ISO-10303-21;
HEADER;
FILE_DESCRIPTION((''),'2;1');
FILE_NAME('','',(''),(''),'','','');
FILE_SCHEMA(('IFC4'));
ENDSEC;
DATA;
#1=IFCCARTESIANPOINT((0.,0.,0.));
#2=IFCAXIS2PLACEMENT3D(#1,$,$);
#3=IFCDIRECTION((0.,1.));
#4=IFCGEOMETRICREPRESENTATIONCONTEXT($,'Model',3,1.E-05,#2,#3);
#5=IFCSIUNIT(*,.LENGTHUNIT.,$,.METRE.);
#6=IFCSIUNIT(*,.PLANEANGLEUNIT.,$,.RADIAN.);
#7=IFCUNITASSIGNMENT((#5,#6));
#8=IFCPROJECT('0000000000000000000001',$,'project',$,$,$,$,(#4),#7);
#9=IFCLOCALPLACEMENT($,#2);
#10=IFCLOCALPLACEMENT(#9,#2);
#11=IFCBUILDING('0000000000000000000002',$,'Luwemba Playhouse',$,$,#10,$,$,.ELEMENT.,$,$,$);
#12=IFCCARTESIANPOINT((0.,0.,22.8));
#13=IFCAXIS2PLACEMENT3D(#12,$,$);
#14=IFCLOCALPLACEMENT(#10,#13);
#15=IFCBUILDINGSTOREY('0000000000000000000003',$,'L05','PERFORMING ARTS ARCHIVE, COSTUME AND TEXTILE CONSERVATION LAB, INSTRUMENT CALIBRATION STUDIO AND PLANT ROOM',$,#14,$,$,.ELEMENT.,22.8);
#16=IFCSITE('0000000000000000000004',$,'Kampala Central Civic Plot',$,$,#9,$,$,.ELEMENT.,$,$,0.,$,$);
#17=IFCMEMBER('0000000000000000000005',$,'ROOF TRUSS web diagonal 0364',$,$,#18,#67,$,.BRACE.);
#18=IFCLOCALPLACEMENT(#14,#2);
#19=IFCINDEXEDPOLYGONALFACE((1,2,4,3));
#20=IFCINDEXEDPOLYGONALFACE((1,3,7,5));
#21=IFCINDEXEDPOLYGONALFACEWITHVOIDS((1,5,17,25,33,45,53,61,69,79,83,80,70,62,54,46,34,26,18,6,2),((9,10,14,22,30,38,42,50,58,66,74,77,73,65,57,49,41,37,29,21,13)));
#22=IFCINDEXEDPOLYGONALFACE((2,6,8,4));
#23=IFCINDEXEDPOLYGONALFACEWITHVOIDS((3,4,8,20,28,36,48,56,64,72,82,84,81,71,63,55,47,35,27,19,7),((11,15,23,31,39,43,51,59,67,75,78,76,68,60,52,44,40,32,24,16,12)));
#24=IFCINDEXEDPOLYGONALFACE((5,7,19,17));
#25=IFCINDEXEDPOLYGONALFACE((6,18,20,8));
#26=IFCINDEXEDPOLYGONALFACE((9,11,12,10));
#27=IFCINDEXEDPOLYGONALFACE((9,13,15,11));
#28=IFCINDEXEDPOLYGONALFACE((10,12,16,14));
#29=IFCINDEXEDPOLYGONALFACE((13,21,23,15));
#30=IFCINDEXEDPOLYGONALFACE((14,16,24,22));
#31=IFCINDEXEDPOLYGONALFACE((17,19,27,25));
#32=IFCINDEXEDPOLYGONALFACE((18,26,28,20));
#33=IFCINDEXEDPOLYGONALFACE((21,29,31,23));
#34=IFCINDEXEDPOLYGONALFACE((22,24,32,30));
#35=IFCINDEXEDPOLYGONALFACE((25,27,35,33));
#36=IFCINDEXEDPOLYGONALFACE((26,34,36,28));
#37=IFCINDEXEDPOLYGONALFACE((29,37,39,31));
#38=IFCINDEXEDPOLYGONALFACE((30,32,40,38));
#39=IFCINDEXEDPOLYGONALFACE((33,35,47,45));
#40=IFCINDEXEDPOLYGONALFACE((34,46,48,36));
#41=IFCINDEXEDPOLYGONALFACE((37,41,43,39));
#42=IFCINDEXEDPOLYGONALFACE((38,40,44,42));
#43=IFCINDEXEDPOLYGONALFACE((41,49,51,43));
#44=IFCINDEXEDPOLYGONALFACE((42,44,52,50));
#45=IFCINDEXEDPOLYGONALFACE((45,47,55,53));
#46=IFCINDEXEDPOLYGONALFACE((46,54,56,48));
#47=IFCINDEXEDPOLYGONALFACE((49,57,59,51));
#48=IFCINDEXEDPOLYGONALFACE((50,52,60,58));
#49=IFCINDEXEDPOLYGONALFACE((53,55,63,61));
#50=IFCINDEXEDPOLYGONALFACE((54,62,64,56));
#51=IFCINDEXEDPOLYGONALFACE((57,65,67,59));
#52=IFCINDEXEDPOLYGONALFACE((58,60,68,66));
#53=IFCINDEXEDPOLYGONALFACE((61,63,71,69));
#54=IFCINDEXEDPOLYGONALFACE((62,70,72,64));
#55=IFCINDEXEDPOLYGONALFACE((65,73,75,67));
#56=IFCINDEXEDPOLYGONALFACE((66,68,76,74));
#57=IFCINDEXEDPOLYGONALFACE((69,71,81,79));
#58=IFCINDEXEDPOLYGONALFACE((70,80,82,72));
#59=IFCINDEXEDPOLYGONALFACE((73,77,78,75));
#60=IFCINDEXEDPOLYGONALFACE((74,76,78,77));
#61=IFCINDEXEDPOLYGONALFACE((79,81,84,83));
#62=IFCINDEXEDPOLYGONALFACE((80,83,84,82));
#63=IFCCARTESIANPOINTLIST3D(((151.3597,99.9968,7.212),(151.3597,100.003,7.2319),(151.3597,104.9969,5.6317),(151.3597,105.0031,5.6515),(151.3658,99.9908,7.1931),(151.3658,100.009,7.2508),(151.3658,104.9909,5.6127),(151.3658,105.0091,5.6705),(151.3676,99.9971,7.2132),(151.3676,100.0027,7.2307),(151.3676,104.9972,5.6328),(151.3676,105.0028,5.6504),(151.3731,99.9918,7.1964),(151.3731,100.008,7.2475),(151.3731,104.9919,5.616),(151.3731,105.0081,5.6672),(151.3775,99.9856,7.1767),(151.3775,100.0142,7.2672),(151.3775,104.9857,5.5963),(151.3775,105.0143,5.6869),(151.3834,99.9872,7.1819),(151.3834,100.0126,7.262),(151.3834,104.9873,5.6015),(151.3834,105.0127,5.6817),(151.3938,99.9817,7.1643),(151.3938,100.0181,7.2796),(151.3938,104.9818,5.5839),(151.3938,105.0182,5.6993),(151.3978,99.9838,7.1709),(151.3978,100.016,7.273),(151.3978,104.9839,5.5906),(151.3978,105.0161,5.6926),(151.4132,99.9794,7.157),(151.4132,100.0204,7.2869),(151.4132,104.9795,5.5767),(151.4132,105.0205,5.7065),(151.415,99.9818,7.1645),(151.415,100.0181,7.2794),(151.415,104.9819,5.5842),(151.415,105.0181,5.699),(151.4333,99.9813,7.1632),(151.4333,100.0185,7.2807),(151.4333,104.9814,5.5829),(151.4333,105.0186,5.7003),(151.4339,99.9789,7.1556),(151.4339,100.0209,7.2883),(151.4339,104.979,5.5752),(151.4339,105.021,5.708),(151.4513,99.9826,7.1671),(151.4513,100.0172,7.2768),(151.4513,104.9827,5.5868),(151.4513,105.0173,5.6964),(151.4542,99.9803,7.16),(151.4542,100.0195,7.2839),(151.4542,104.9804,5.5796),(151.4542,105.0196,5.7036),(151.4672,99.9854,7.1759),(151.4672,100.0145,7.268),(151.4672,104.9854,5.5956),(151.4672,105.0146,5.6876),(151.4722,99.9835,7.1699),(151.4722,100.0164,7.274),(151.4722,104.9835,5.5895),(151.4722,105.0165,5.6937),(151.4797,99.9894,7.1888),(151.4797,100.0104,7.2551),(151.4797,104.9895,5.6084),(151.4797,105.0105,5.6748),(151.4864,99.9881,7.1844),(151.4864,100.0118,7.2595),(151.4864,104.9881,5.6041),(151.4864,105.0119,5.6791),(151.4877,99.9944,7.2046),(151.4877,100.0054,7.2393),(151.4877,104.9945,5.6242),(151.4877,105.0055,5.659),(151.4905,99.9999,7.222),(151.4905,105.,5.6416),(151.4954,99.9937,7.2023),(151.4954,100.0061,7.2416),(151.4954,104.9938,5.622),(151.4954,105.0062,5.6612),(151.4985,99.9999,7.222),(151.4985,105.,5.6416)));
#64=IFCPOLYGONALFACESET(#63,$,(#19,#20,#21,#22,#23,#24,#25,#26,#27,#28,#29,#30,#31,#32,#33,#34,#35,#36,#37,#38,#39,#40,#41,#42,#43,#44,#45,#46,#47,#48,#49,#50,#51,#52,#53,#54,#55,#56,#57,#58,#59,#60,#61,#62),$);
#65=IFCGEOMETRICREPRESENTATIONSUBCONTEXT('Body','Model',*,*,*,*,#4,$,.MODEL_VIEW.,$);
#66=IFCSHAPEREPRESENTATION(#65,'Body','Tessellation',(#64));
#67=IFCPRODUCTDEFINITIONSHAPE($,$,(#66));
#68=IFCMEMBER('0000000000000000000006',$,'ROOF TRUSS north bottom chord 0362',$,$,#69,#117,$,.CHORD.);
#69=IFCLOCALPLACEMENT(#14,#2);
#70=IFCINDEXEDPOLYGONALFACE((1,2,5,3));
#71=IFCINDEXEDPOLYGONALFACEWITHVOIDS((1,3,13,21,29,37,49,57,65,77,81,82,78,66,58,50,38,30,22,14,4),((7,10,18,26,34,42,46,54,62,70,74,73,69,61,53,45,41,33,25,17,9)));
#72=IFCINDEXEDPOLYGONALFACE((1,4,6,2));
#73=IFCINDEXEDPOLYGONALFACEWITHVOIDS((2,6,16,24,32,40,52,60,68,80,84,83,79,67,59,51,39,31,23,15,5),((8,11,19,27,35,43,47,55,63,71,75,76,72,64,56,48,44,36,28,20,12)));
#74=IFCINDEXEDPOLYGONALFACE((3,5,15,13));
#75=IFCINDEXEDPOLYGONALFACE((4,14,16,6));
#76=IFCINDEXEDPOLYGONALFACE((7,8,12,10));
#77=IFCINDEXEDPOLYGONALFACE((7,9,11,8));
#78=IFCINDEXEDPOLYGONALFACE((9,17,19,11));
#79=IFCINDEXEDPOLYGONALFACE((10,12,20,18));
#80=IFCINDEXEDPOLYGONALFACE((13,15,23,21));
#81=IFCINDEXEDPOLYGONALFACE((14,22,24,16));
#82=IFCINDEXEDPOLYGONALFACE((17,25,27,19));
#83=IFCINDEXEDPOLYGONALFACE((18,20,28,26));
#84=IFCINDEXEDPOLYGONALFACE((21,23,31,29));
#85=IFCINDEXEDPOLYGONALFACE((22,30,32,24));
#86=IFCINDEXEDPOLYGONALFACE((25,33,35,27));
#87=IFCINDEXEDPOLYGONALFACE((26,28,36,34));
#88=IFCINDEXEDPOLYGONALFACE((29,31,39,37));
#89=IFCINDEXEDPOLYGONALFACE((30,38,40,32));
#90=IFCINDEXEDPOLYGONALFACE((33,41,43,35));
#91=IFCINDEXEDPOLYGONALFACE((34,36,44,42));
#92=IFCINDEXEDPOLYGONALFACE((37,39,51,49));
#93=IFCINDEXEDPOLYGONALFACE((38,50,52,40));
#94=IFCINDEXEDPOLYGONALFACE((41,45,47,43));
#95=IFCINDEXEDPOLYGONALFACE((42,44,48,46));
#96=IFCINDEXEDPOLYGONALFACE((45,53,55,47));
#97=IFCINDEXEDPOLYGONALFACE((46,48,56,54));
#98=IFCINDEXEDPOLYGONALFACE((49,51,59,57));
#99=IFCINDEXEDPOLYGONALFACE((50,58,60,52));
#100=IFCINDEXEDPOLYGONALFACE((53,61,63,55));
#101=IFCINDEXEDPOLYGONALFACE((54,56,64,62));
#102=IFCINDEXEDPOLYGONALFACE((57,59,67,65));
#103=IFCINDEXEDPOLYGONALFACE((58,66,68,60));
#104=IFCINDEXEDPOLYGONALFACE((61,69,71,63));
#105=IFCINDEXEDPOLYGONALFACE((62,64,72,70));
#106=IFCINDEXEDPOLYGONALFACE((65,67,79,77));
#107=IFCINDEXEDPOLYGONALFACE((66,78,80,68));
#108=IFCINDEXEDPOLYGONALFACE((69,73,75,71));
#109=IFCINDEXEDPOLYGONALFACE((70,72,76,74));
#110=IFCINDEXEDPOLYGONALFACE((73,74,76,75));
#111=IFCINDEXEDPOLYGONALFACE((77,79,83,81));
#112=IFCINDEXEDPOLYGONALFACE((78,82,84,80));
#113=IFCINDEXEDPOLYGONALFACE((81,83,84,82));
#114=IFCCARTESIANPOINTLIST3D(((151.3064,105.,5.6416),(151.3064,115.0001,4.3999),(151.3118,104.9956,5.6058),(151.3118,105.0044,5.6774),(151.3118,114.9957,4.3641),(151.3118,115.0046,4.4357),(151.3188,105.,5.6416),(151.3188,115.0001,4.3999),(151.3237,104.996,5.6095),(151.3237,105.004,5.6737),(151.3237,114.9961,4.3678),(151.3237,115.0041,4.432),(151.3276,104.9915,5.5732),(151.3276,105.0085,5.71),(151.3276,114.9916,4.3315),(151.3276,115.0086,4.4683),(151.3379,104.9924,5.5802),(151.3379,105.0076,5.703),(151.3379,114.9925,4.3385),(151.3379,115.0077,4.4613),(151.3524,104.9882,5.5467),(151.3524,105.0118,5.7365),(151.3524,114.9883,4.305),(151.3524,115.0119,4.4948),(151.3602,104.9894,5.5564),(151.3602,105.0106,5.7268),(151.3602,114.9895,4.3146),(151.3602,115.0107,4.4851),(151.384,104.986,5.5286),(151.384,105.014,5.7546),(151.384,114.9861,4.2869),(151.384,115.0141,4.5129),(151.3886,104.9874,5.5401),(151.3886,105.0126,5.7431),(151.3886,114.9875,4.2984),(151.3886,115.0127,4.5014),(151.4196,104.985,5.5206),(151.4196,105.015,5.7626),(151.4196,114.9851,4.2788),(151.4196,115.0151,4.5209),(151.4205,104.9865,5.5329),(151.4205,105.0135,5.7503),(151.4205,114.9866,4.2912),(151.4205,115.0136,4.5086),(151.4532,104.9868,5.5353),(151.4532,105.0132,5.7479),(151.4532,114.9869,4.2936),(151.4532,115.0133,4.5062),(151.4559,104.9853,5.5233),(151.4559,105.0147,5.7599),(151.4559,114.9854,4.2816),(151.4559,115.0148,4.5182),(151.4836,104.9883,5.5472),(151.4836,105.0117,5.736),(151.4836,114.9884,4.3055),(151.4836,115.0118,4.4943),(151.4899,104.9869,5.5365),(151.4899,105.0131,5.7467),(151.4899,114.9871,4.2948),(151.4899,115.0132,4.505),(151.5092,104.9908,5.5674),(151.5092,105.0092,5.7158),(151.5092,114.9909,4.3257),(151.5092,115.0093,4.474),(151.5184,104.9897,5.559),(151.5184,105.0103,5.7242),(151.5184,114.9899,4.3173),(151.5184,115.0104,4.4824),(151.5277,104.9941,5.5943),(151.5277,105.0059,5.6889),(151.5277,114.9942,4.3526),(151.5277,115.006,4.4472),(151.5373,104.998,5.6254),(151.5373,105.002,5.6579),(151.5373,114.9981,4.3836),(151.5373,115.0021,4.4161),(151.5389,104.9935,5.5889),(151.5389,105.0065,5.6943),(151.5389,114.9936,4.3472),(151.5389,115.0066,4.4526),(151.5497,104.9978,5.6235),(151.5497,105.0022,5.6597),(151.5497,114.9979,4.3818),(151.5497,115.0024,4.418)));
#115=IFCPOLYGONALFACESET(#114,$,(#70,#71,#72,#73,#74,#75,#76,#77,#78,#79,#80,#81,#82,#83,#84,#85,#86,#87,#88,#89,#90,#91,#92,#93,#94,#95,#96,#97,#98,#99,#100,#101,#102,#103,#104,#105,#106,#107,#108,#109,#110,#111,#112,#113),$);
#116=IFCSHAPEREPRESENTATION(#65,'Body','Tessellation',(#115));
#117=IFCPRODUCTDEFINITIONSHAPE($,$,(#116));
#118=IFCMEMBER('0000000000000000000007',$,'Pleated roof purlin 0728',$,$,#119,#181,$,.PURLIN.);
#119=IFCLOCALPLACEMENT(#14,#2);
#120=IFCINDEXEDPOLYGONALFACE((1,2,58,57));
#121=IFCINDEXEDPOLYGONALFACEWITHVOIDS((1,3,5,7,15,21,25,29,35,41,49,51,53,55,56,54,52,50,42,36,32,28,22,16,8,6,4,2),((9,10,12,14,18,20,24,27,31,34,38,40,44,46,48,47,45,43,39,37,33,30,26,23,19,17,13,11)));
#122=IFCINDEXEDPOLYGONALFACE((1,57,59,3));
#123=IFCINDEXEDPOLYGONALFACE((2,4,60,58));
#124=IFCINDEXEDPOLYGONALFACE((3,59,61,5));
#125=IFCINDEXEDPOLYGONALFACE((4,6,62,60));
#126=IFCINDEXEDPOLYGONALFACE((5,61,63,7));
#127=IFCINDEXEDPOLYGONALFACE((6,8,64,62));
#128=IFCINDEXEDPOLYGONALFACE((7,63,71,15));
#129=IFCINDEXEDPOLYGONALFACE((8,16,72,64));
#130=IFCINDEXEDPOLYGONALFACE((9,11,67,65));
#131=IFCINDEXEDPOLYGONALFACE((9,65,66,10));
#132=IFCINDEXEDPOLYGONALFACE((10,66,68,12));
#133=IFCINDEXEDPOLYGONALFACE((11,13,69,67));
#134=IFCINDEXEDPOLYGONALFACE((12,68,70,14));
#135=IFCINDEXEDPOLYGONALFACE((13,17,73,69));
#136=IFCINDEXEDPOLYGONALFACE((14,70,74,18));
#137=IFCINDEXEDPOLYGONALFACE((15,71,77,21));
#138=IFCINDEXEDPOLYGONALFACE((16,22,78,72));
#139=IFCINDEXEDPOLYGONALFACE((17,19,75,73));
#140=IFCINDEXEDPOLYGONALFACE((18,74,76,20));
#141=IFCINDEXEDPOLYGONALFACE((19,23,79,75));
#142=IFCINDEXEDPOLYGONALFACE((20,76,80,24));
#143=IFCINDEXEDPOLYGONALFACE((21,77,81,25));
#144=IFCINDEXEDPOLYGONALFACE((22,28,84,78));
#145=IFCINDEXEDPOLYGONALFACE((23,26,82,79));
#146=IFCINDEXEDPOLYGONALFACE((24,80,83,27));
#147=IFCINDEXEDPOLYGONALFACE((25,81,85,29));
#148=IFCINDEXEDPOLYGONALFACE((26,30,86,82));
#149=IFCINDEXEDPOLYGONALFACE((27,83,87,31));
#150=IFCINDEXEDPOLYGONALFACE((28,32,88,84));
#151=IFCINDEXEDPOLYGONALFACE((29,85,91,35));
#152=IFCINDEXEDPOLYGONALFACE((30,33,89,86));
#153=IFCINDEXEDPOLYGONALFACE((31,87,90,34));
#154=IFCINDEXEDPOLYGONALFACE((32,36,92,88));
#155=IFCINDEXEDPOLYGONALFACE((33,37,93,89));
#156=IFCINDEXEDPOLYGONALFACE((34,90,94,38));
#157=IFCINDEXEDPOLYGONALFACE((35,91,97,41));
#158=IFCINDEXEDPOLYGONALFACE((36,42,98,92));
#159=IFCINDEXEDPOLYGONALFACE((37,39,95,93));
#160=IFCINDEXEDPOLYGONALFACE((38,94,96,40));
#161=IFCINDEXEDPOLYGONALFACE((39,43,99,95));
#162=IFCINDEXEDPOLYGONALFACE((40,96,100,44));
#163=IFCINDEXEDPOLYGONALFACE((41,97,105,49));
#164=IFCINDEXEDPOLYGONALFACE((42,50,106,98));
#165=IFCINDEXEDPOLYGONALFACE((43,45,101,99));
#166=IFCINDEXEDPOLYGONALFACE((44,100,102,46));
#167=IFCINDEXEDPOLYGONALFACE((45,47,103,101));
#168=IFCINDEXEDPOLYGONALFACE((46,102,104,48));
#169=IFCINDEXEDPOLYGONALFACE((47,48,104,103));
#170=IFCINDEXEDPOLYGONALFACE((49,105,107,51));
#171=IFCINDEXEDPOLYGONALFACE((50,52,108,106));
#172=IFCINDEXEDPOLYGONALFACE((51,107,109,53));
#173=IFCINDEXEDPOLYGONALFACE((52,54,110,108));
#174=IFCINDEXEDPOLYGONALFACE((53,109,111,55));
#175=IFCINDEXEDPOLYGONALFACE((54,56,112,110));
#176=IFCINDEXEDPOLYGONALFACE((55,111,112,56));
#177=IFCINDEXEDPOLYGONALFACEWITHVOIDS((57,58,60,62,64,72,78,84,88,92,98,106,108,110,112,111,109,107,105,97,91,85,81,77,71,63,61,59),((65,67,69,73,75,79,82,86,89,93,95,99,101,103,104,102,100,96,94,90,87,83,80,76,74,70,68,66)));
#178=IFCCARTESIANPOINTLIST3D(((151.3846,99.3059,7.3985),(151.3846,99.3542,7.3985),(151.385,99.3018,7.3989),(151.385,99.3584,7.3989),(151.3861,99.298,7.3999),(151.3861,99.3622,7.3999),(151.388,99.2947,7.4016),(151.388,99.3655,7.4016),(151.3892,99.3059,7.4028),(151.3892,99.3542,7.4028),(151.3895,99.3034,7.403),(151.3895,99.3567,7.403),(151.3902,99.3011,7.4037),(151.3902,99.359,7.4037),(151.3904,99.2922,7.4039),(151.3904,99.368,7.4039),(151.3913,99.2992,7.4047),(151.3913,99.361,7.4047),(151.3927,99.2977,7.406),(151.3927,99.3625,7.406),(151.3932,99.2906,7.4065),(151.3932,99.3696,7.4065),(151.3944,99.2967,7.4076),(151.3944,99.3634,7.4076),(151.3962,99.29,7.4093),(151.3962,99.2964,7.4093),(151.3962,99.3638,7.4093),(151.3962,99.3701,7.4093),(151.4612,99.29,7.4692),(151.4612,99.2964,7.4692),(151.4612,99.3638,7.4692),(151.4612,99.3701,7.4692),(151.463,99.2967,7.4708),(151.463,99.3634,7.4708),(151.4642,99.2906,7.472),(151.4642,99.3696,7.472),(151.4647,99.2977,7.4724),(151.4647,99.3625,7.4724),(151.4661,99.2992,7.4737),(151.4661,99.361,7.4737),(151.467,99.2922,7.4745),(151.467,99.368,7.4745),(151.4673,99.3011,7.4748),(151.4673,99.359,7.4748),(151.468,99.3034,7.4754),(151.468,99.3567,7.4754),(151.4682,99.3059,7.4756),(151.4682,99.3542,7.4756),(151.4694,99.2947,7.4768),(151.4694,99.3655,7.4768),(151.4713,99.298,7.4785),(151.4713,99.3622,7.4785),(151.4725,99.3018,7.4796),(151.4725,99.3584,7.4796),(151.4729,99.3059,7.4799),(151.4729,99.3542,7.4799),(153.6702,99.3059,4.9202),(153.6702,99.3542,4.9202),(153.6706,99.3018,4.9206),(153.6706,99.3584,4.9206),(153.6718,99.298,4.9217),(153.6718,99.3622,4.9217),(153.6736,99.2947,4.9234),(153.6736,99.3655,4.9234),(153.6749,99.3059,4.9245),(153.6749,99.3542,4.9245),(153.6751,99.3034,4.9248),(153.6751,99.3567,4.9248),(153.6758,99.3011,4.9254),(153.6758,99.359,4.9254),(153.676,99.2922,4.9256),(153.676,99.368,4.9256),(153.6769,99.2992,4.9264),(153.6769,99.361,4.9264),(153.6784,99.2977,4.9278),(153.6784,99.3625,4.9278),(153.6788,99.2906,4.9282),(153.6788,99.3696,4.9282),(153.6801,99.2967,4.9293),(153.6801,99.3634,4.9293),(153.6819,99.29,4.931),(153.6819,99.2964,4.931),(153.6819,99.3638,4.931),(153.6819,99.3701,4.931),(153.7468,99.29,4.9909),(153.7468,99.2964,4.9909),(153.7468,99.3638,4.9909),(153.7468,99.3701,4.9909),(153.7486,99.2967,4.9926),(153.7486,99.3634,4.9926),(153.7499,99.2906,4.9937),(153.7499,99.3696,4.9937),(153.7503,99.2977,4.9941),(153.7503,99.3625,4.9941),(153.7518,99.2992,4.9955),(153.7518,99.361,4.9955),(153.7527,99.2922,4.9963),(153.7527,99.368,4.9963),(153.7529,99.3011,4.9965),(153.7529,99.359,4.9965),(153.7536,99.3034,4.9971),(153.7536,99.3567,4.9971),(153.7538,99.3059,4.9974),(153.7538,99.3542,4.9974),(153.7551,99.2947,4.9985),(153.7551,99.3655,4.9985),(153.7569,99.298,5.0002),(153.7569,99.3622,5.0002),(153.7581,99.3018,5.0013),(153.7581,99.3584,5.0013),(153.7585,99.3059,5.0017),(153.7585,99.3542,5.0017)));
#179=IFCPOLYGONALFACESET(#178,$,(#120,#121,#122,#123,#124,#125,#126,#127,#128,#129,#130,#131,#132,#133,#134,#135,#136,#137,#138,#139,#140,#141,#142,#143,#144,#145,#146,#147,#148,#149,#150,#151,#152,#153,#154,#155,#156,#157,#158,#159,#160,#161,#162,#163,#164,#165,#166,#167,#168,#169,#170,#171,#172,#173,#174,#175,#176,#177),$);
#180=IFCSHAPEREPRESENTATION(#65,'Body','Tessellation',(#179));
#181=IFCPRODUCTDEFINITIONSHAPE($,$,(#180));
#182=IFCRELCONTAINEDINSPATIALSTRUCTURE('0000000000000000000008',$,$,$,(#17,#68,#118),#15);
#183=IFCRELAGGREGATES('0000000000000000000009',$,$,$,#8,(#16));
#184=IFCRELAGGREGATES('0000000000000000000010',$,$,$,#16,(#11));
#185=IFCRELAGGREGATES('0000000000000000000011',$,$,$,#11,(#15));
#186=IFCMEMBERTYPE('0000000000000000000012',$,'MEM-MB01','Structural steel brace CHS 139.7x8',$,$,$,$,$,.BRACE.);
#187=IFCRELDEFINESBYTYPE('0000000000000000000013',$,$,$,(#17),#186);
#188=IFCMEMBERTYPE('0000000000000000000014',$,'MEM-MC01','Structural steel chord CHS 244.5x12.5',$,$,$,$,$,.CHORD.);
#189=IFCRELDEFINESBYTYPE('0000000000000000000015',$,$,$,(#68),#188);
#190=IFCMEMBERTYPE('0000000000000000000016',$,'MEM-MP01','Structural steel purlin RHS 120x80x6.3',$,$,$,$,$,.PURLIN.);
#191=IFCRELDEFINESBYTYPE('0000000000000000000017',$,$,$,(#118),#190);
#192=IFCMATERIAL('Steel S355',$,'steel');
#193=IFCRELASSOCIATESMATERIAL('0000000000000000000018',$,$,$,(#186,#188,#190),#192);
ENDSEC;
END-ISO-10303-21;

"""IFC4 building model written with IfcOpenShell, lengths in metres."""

from ifc_helpers import new_model, si_unit, direction, frame, origin, origin_2d, place, context, subcontext, project, spatial, hollow_rectangle, hollow_circle, extrude, material, material_profile, profile_set, type_object, element, save


model = new_model("IFC4")

# Units and contexts
model_context = context("Model", 3, precision=1e-05, world=origin(), true_north=direction((0.0, 1.0)))
body_context = subcontext(model_context, "Body", "Model", "MODEL_VIEW")
ifc_project = project(units=[si_unit("LENGTHUNIT", "METRE"), si_unit("PLANEANGLEUNIT", "RADIAN")], contexts=[model_context])

# Site, building, storey
site_placement = place(None, origin())
site = spatial("IfcSite", under=ifc_project, at=site_placement, Name="Kampala Central Civic Plot", CompositionType="ELEMENT", RefElevation=0.0)
building_placement = place(site_placement, origin())
building = spatial("IfcBuilding", under=site, at=building_placement, Name="Luwemba Playhouse", CompositionType="ELEMENT")
storey_placement = place(building_placement, frame((0.0, 0.0, 22.8)))
storey = spatial("IfcBuildingStorey", under=building, at=storey_placement, Name="L05", Description="PERFORMING ARTS ARCHIVE, COSTUME AND TEXTILE CONSERVATION LAB, INSTRUMENT CALIBRATION STUDIO AND PLANT ROOM", CompositionType="ELEMENT", Elevation=22.8)

# Shared definitions
ifc_material_1 = material(Name="Steel S355", Category="steel")

# Members
ifc_material_profile_1 = material_profile(ifc_material_1, hollow_circle(Radius=0.0698, WallThickness=0.0081, at=origin_2d()))
ifc_profile_set_1 = profile_set([ifc_material_profile_1], Name="Steel S355")
member_type_1 = type_object("IfcMemberType", Name="MEM-MB01", Description="Structural steel brace CHS 139.7x8", PredefinedType="BRACE", material=ifc_profile_set_1)
member_1_placement = place(storey_placement, frame((151.4287, 105.0, 5.6416), z_axis=(0.0, -0.953507, 0.30137), x_axis=(1.0, 0.0, 0.0)))
element("IfcMember", 1, at=member_1_placement, inside=storey, type_object=member_type_1, Name="ROOF TRUSS web diagonal 0364", PredefinedType="BRACE", context=body_context, shape_type="SweptSolid", body=[
    extrude(hollow_circle(Radius=0.0698, WallThickness=0.0081, at=origin_2d()), origin(), (0.0, 0.0, 1.0), 5.2439),
])
ifc_material_profile_2 = material_profile(ifc_material_1, hollow_circle(Radius=0.1223, WallThickness=0.0125, at=origin_2d()))
ifc_profile_set_2 = profile_set([ifc_material_profile_2], Name="Steel S355")
member_type_2 = type_object("IfcMemberType", Name="MEM-MC01", Description="Structural steel chord CHS 244.5x12.5", PredefinedType="CHORD", material=ifc_profile_set_2)
member_2_placement = place(storey_placement, frame((151.4287, 105.0, 5.6416), z_axis=(0.0, 0.992379, -0.123224), x_axis=(-1.0, 0.0, 0.0)))
element("IfcMember", 2, at=member_2_placement, inside=storey, type_object=member_type_2, Name="ROOF TRUSS north bottom chord 0362", PredefinedType="CHORD", context=body_context, shape_type="SweptSolid", body=[
    extrude(hollow_circle(Radius=0.1223, WallThickness=0.0125, at=origin_2d()), origin(), (0.0, 0.0, 1.0), 10.0769),
])
ifc_material_profile_3 = material_profile(ifc_material_1, hollow_rectangle(XDim=0.0801, YDim=0.1201, WallThickness=0.0063, InnerFilletRadius=0.0095, OuterFilletRadius=0.0159, at=origin_2d()))
ifc_profile_set_3 = profile_set([ifc_material_profile_3], Name="Steel S355")
member_type_3 = type_object("IfcMemberType", Name="MEM-MP01", Description="Structural steel purlin RHS 120x80x6.3", PredefinedType="PURLIN", material=ifc_profile_set_3)
member_3_placement = place(storey_placement, frame((151.4287, 99.3301, 7.4392), z_axis=(0.677961, 0.0, -0.735098), x_axis=(0.0, 1.0, 0.0)))
element("IfcMember", 3, at=member_3_placement, inside=storey, type_object=member_type_3, Name="Pleated roof purlin 0728", PredefinedType="PURLIN", context=body_context, shape_type="SweptSolid", body=[
    extrude(hollow_rectangle(XDim=0.0801, YDim=0.1201, WallThickness=0.0063, InnerFilletRadius=0.0095, OuterFilletRadius=0.0159, at=origin_2d()), origin(), (0.0, 0.0, 1.0), 3.3713),
])

save(model, "model.ifc")
